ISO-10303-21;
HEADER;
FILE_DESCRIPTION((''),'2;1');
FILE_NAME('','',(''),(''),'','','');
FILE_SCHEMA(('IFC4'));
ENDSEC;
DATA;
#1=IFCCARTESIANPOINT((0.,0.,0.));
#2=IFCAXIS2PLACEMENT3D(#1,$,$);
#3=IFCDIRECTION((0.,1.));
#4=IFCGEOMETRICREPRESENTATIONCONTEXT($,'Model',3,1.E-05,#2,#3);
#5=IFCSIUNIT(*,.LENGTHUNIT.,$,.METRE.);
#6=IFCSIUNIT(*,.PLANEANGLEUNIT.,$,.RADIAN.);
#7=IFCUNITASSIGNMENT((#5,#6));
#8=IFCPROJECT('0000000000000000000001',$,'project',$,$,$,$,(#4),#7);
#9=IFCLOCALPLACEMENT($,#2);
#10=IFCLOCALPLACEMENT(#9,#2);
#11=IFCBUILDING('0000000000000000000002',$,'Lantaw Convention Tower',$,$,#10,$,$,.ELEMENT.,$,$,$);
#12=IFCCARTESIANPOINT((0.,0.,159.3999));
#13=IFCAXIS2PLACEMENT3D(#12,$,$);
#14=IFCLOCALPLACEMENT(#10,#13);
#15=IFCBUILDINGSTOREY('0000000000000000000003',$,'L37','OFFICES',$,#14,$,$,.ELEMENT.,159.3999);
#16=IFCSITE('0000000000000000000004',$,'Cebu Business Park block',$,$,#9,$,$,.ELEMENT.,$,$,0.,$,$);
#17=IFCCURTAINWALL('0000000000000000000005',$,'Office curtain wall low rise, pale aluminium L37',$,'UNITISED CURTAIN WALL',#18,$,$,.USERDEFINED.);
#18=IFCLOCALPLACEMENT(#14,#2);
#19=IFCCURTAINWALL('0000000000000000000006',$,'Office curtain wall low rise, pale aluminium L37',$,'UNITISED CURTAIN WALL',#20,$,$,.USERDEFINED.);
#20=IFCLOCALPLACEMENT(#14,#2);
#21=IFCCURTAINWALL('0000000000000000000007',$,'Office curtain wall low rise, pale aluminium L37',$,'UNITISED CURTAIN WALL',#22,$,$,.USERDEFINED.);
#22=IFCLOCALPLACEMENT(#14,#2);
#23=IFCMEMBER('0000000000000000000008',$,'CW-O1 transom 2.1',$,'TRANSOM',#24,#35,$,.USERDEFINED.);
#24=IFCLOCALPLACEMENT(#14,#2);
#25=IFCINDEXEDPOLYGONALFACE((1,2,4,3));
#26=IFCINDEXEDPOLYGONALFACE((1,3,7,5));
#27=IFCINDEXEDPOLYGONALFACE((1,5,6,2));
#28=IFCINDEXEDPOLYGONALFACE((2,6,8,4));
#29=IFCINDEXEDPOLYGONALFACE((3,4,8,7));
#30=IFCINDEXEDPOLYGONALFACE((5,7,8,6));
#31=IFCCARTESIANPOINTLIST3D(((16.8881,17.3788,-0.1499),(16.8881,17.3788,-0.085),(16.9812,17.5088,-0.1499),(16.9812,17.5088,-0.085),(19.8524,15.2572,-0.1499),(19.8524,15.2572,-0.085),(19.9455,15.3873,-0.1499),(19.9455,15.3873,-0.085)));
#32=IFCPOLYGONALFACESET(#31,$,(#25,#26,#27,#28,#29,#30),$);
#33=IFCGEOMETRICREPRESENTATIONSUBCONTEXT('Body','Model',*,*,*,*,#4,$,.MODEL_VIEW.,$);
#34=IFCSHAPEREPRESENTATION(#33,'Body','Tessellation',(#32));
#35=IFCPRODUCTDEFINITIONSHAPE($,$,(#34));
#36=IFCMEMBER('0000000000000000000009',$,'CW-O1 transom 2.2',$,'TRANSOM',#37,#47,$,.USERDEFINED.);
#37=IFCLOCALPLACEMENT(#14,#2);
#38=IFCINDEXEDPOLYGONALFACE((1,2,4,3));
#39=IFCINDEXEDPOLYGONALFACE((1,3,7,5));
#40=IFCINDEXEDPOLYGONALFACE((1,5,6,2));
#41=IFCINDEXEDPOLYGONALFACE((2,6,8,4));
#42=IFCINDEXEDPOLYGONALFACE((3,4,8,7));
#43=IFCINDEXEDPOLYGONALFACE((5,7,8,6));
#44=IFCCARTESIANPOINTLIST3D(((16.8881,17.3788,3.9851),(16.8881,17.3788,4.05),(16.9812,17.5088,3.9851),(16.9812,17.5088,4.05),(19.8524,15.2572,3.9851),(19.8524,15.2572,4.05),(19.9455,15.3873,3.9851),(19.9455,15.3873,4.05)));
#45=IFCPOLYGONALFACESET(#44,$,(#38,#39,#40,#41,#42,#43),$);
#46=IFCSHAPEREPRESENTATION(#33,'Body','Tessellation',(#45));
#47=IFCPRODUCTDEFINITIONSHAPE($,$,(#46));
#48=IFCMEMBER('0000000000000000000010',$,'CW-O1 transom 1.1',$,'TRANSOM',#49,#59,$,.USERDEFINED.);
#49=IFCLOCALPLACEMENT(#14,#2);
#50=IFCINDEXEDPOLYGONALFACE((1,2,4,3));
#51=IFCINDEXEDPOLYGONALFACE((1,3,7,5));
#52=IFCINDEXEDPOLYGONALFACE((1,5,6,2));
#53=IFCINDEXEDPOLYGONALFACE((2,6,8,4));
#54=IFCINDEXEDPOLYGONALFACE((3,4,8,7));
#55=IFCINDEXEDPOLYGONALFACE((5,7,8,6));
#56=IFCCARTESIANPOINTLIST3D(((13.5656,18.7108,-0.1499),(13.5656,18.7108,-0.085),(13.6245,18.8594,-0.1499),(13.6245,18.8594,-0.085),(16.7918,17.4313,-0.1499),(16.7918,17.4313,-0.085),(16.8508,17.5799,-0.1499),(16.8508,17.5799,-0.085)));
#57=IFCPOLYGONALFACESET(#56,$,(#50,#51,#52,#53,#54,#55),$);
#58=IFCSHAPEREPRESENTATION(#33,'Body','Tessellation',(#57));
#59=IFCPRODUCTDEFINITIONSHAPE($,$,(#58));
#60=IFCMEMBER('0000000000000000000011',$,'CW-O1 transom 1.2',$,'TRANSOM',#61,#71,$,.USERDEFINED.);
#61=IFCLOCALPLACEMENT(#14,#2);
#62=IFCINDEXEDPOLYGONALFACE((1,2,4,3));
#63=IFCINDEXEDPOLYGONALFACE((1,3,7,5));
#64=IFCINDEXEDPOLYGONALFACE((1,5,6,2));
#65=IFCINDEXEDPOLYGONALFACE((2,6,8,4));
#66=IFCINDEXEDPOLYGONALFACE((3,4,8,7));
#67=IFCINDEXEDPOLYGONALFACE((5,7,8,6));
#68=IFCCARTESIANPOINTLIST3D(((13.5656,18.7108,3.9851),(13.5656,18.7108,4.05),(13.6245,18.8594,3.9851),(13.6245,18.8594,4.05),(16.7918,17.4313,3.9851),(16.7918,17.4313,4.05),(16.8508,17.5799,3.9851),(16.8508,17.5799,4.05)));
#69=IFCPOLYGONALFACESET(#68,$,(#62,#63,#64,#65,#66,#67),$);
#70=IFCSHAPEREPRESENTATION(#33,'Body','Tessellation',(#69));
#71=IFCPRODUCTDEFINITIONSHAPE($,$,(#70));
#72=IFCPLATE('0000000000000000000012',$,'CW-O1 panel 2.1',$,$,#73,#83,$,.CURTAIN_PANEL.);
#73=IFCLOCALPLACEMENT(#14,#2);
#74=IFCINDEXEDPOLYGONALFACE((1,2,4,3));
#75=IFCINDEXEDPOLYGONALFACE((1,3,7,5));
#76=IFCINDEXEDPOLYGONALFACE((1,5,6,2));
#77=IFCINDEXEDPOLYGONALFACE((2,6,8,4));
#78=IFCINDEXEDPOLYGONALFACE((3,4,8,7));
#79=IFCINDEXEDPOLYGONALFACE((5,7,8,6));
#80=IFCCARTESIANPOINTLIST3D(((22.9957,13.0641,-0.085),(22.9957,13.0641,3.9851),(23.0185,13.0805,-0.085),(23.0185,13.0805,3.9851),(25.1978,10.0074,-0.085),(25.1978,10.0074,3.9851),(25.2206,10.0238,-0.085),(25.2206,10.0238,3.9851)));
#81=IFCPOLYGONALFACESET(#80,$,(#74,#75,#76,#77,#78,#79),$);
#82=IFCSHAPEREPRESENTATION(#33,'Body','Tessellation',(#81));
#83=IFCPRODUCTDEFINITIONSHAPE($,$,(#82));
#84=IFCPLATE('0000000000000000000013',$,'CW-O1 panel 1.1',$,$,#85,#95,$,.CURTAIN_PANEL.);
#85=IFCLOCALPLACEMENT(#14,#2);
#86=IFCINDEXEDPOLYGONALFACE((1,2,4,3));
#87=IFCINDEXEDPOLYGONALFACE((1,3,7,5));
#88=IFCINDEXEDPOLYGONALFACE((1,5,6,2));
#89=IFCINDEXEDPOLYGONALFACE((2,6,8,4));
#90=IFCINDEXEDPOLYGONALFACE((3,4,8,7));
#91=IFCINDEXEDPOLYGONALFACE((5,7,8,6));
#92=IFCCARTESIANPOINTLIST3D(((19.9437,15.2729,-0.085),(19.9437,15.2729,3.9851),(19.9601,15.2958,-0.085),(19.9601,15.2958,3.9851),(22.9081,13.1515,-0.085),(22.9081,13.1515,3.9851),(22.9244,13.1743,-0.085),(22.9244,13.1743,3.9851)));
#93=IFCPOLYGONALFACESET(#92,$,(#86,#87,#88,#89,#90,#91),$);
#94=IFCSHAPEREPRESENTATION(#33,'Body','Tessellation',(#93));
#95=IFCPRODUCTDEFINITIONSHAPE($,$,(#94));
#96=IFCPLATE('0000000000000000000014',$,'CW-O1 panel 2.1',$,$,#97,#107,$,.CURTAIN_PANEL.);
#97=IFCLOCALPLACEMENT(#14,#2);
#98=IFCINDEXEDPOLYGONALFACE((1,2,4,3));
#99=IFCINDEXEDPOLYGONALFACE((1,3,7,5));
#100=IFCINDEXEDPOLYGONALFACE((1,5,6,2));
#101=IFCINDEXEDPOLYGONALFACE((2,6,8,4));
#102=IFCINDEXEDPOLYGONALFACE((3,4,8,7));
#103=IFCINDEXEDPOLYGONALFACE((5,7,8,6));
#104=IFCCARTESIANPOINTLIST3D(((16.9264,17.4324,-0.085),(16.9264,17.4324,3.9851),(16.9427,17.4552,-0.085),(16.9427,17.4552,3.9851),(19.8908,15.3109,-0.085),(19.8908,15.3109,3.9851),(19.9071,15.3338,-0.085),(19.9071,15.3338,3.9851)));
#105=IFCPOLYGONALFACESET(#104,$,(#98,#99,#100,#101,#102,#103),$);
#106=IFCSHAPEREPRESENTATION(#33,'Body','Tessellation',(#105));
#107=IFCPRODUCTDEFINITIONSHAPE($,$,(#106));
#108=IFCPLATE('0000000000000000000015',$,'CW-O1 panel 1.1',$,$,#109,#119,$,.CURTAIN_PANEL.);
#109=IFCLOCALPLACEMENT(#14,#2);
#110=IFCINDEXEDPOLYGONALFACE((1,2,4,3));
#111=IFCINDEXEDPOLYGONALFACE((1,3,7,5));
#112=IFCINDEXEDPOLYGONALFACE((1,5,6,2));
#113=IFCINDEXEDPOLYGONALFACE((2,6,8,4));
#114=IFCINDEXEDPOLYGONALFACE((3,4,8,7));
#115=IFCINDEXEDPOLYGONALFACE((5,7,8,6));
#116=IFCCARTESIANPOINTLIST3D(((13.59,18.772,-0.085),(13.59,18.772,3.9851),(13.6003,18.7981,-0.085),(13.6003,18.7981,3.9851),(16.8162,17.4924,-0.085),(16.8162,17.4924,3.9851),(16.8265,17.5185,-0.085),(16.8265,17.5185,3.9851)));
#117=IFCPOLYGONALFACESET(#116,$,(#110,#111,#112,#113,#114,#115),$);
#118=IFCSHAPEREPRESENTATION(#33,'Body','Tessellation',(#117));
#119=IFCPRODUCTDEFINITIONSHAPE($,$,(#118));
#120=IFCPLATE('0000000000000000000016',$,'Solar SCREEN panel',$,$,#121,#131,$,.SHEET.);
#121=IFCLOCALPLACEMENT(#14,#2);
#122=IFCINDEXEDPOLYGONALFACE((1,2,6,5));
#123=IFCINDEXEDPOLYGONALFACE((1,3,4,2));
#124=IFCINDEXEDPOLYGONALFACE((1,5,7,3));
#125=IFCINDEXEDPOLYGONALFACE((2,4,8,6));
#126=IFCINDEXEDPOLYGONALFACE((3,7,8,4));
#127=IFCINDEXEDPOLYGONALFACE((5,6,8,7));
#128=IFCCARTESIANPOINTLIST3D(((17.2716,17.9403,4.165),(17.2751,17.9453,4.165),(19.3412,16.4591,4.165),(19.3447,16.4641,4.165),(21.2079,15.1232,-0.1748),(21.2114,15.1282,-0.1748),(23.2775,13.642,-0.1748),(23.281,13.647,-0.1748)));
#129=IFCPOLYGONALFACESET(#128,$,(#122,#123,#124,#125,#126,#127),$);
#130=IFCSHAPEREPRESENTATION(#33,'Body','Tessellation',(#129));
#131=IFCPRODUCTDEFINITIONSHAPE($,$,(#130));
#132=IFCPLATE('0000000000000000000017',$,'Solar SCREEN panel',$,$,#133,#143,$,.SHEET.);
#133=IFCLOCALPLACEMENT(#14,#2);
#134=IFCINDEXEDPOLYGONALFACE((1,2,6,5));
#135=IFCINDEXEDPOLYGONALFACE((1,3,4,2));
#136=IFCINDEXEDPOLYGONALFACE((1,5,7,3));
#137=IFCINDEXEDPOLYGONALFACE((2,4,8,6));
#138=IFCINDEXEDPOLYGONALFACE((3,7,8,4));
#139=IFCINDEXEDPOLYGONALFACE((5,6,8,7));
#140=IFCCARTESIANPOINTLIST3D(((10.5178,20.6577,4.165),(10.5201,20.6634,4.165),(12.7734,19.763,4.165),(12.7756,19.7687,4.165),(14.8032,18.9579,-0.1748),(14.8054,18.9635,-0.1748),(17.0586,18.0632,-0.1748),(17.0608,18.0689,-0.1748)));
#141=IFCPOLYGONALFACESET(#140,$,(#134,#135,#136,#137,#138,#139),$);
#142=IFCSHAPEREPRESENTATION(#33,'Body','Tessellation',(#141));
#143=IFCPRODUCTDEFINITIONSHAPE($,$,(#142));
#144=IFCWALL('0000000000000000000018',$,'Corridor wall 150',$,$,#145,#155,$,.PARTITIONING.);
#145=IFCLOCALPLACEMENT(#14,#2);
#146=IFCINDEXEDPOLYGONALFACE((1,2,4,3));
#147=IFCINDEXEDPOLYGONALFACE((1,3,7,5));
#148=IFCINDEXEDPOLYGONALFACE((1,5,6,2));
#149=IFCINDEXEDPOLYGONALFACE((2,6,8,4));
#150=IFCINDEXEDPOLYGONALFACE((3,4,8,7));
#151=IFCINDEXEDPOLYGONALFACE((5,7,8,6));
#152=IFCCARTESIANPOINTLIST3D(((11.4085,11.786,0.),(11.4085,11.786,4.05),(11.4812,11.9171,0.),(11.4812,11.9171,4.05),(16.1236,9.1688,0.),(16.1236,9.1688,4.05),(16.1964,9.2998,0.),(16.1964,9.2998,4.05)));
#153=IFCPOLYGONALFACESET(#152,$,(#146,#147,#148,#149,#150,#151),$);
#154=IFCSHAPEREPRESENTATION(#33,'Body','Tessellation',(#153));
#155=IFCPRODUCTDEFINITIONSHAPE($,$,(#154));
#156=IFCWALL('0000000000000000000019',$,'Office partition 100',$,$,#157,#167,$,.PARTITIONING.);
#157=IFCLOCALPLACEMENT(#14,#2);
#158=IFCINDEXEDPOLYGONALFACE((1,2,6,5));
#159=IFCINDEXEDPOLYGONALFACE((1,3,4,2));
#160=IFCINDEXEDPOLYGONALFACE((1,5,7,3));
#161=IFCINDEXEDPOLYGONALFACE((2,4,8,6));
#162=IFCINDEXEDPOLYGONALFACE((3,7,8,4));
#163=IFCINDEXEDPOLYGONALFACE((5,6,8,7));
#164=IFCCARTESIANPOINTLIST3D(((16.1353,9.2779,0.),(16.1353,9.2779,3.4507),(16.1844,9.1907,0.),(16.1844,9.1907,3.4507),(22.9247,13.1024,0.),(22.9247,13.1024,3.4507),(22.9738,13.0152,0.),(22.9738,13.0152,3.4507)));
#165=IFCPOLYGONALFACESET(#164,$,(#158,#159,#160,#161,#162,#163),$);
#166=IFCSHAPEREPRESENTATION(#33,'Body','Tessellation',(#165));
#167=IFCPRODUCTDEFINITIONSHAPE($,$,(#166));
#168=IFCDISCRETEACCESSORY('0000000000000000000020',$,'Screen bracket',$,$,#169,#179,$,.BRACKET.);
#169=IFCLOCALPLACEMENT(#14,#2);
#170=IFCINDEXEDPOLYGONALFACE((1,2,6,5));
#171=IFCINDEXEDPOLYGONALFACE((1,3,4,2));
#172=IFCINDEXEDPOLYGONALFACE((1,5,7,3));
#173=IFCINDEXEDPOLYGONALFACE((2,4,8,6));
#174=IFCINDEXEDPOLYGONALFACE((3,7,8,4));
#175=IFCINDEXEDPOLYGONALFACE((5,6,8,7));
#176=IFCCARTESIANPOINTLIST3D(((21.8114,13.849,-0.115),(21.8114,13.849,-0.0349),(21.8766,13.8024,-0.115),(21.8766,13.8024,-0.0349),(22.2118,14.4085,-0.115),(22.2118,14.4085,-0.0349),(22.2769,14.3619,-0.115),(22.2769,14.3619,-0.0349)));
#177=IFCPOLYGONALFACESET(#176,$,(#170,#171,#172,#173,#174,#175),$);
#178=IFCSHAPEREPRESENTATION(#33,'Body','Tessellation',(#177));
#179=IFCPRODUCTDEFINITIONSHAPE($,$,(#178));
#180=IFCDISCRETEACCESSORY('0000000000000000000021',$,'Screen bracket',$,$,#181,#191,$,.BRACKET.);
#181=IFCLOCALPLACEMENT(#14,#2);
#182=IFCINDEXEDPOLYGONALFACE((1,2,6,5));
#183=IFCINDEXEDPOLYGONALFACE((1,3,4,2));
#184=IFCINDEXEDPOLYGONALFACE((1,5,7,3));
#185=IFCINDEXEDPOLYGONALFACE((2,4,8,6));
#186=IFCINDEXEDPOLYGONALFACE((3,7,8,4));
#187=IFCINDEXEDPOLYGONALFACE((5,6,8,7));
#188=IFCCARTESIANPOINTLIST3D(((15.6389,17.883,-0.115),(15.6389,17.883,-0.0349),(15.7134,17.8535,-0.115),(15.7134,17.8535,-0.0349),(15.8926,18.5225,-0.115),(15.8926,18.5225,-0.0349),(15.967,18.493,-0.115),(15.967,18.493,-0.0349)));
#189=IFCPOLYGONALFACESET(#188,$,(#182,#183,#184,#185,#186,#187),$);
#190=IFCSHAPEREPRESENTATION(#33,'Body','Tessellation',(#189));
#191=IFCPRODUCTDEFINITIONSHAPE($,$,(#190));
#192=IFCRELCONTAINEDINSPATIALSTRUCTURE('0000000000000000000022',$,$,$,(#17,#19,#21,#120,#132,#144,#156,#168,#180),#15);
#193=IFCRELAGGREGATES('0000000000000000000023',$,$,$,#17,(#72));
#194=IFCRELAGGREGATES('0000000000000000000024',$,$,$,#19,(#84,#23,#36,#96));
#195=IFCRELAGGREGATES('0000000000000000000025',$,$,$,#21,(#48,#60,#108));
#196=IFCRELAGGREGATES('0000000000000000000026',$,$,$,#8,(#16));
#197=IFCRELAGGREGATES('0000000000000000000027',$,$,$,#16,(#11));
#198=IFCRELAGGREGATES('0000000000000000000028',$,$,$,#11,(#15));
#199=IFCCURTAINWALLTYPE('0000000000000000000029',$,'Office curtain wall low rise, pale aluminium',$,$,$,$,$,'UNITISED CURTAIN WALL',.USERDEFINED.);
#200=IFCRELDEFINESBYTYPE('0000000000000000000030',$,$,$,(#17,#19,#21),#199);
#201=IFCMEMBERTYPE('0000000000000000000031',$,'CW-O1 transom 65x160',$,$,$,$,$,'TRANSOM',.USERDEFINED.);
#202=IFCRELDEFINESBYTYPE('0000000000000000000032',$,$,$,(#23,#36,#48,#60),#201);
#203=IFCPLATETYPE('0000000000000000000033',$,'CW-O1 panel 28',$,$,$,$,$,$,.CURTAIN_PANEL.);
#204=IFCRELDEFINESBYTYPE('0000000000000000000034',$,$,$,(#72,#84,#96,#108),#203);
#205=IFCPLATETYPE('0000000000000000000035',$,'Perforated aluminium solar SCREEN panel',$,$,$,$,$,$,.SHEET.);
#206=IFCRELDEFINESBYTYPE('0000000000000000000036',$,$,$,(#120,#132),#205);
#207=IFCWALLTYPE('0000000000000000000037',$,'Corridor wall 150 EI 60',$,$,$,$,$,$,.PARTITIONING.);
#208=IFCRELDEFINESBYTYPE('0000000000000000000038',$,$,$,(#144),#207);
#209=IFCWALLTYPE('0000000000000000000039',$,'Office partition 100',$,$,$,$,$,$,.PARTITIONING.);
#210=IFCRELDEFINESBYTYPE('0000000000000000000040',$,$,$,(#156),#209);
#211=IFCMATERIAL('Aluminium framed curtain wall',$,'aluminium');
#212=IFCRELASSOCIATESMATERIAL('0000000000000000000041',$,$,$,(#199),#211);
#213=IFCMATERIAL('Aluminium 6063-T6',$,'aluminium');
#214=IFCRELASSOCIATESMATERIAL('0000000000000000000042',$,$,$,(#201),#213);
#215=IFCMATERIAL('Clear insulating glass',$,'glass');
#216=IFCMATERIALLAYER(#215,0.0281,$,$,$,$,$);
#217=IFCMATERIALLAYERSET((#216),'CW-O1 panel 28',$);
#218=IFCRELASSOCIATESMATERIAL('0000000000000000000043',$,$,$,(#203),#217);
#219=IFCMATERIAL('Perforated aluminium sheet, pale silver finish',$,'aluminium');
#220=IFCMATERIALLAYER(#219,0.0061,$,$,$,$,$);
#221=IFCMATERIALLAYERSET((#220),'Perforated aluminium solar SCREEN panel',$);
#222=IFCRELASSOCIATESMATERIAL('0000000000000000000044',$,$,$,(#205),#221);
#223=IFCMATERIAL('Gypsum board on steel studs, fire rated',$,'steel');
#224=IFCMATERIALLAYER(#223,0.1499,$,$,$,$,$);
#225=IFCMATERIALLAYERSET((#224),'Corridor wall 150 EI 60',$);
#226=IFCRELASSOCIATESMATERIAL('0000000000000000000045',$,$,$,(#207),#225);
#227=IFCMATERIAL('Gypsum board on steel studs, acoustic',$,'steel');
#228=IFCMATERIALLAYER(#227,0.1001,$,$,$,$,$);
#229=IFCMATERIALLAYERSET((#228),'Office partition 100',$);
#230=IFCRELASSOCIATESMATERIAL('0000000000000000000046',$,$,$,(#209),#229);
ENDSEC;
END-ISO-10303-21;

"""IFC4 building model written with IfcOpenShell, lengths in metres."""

from ifc_helpers import new_model, si_unit, direction, frame, frame_2d, origin, origin_2d, place, context, subcontext, project, spatial, polyline, rectangle, outline, extrude, material, layer, layer_set, material_profile, profile_set, type_object, element, aggregate, save


model = new_model("IFC4")

# Units and contexts
model_context = context("Model", 3, precision=1e-05, world=origin(), true_north=direction((0.0, 1.0)))
body_context = subcontext(model_context, "Body", "Model", "MODEL_VIEW")
ifc_project = project(units=[si_unit("LENGTHUNIT", "METRE"), si_unit("PLANEANGLEUNIT", "RADIAN")], contexts=[model_context])

# Site, building, storey
site_placement = place(None, origin())
site = spatial("IfcSite", under=ifc_project, at=site_placement, Name="Cebu Business Park block", CompositionType="ELEMENT", RefElevation=0.0)
building_placement = place(site_placement, origin())
building = spatial("IfcBuilding", under=site, at=building_placement, Name="Lantaw Convention Tower", CompositionType="ELEMENT")
storey_placement = place(building_placement, frame((0.0, 0.0, 159.3999)))
storey = spatial("IfcBuildingStorey", under=building, at=storey_placement, Name="L37", Description="OFFICES", CompositionType="ELEMENT", Elevation=159.3999)

# Curtain walls
ifc_material_1 = material(Name="Aluminium framed curtain wall", Category="aluminium")
curtain_wall_type = type_object("IfcCurtainWallType", Name="Office curtain wall low rise, pale aluminium", ElementType="UNITISED CURTAIN WALL", PredefinedType="USERDEFINED", material=ifc_material_1)
curtain_wall_1_placement = place(storey_placement, origin())
curtain_wall_1 = element("IfcCurtainWall", 1, at=curtain_wall_1_placement, inside=storey, type_object=curtain_wall_type, Name="Office curtain wall low rise, pale aluminium L37", ObjectType="UNITISED CURTAIN WALL", PredefinedType="USERDEFINED")
ifc_material_2 = material(Name="Aluminium 6063-T6", Category="aluminium")
curtain_wall_2_placement = place(storey_placement, origin())
curtain_wall_2 = element("IfcCurtainWall", 2, at=curtain_wall_2_placement, inside=storey, type_object=curtain_wall_type, Name="Office curtain wall low rise, pale aluminium L37", ObjectType="UNITISED CURTAIN WALL", PredefinedType="USERDEFINED")
curtain_wall_3_placement = place(storey_placement, origin())
curtain_wall_3 = element("IfcCurtainWall", 3, at=curtain_wall_3_placement, inside=storey, type_object=curtain_wall_type, Name="Office curtain wall low rise, pale aluminium L37", ObjectType="UNITISED CURTAIN WALL", PredefinedType="USERDEFINED")

# Members
ifc_material_profile_1 = material_profile(ifc_material_2, rectangle(XDim=0.1599, YDim=0.0649, at=origin_2d()), Name="CW-O1 transom 65x160")
ifc_profile_set_1 = profile_set([ifc_material_profile_1], Name="Aluminium 6063-T6")
member_type_1 = type_object("IfcMemberType", Name="CW-O1 transom 65x160", ElementType="TRANSOM", PredefinedType="USERDEFINED", material=ifc_profile_set_1)
member_1_placement = place(storey_placement, frame((19.8989, 15.3223, -0.1174), z_axis=(-0.81319, 0.581998, 0.0), x_axis=(-0.581998, -0.81319, 0.0)))
member_1 = element("IfcMember", 4, at=member_1_placement, type_object=member_type_1, Name="CW-O1 transom 2.1", ObjectType="TRANSOM", PredefinedType="USERDEFINED", context=body_context, shape_type="SweptSolid", body=[
    extrude(rectangle(XDim=0.1599, YDim=0.0649, at=origin_2d()), origin(), (0.0, 0.0, 1.0), 3.6453),
])
member_2_placement = place(storey_placement, frame((19.8989, 15.3223, 4.0176), z_axis=(-0.81319, 0.581998, 0.0), x_axis=(-0.581998, -0.81319, 0.0)))
member_2 = element("IfcMember", 5, at=member_2_placement, type_object=member_type_1, Name="CW-O1 transom 2.2", ObjectType="TRANSOM", PredefinedType="USERDEFINED", context=body_context, shape_type="SweptSolid", body=[
    extrude(rectangle(XDim=0.1599, YDim=0.0649, at=origin_2d()), origin(), (0.0, 0.0, 1.0), 3.6453),
])
member_3_placement = place(storey_placement, frame((16.8213, 17.5056, -0.1174), z_axis=(-0.929564, 0.36866, 0.0), x_axis=(-0.36866, -0.929564, 0.0)))
member_3 = element("IfcMember", 6, at=member_3_placement, type_object=member_type_1, Name="CW-O1 transom 1.1", ObjectType="TRANSOM", PredefinedType="USERDEFINED", context=body_context, shape_type="SweptSolid", body=[
    extrude(rectangle(XDim=0.1599, YDim=0.0649, at=origin_2d()), origin(), (0.0, 0.0, 1.0), 3.4707),
])
member_4_placement = place(storey_placement, frame((16.8213, 17.5056, 4.0176), z_axis=(-0.929564, 0.36866, 0.0), x_axis=(-0.36866, -0.929564, 0.0)))
member_4 = element("IfcMember", 7, at=member_4_placement, type_object=member_type_1, Name="CW-O1 transom 1.2", ObjectType="TRANSOM", PredefinedType="USERDEFINED", context=body_context, shape_type="SweptSolid", body=[
    extrude(rectangle(XDim=0.1599, YDim=0.0649, at=origin_2d()), origin(), (0.0, 0.0, 1.0), 3.4707),
])

# Plates
ifc_material_3 = material(Name="Clear insulating glass", Category="glass")
ifc_layer_1 = layer(ifc_material_3, 0.0281)
ifc_layer_set_1 = layer_set([ifc_layer_1], Name="CW-O1 panel 28")
plate_type_1 = type_object("IfcPlateType", Name="CW-O1 panel 28", PredefinedType="CURTAIN_PANEL", material=ifc_layer_set_1)
plate_1_placement = place(storey_placement, frame((24.1082, 11.5439, -0.085), z_axis=(0.0, 0.0, 1.0), x_axis=(-0.584513, 0.811385, 0.0)))
plate_1 = element("IfcPlate", 8, at=plate_1_placement, type_object=plate_type_1, Name="CW-O1 panel 2.1", PredefinedType="CURTAIN_PANEL", context=body_context, shape_type="SweptSolid", body=[
    extrude(rectangle(XDim=3.7673, YDim=0.0281, at=origin_2d()), origin(), (0.0, 0.0, 1.0), 4.0701),
])
aggregate(curtain_wall_1, [plate_1])
plate_2_placement = place(storey_placement, frame((21.4341, 14.2236, -0.085), z_axis=(0.0, 0.0, 1.0), x_axis=(-0.813208, 0.581973, 0.0)))
plate_2 = element("IfcPlate", 9, at=plate_2_placement, type_object=plate_type_1, Name="CW-O1 panel 1.1", PredefinedType="CURTAIN_PANEL", context=body_context, shape_type="SweptSolid", body=[
    extrude(rectangle(XDim=3.6453, YDim=0.0281, at=origin_2d()), origin(), (0.0, 0.0, 1.0), 4.0701),
])
plate_3_placement = place(storey_placement, frame((18.4167, 16.3831, -0.085), z_axis=(0.0, 0.0, 1.0), x_axis=(-0.813208, 0.581973, 0.0)))
plate_3 = element("IfcPlate", 10, at=plate_3_placement, type_object=plate_type_1, Name="CW-O1 panel 2.1", PredefinedType="CURTAIN_PANEL", context=body_context, shape_type="SweptSolid", body=[
    extrude(rectangle(XDim=3.6453, YDim=0.0281, at=origin_2d()), origin(), (0.0, 0.0, 1.0), 4.0701),
])
aggregate(curtain_wall_2, [plate_2, member_1, member_2, plate_3])
plate_4_placement = place(storey_placement, frame((15.2083, 18.1453, -0.085), z_axis=(0.0, 0.0, 1.0), x_axis=(-0.929548, 0.368702, 0.0)))
plate_4 = element("IfcPlate", 11, at=plate_4_placement, type_object=plate_type_1, Name="CW-O1 panel 1.1", PredefinedType="CURTAIN_PANEL", context=body_context, shape_type="SweptSolid", body=[
    extrude(rectangle(XDim=3.4707, YDim=0.0281, at=origin_2d()), origin(), (0.0, 0.0, 1.0), 4.0701),
])
aggregate(curtain_wall_3, [member_3, member_4, plate_4])

# Plates
ifc_material_4 = material(Name="Perforated aluminium sheet, pale silver finish", Category="aluminium")
ifc_layer_2 = layer(ifc_material_4, 0.0061)
ifc_layer_set_2 = layer_set([ifc_layer_2], Name="Perforated aluminium solar SCREEN panel")
plate_type_2 = type_object("IfcPlateType", Name="Perforated aluminium solar SCREEN panel", PredefinedType="SHEET", material=ifc_layer_set_2)
plate_5_placement = place(storey_placement, frame((23.281, 13.647, -0.1748), z_axis=(0.582, 0.813189, 0.000012), x_axis=(-0.813189, 0.582, 0.0)))
element("IfcPlate", 12, at=plate_5_placement, inside=storey, type_object=plate_type_2, Name="Solar SCREEN panel", PredefinedType="SHEET", context=body_context, shape_type="SweptSolid", body=[
    extrude(outline(polyline([(0.0, 0.0), (2.545, 0.0), (7.3855, 4.3398), (4.8405, 4.3398), (0.0, 0.0)])), origin(), (0.0, 0.0, -1.0), 0.0061),
])
plate_6_placement = place(storey_placement, frame((17.0586, 18.0632, -0.1748), z_axis=(-0.368709, -0.929545, 0.000011), x_axis=(-0.929545, 0.368709, 0.0)))
element("IfcPlate", 13, at=plate_6_placement, inside=storey, type_object=plate_type_2, Name="Solar SCREEN panel", PredefinedType="SHEET", context=body_context, shape_type="SweptSolid", body=[
    extrude(outline(polyline([(0.0, 0.0), (2.4264, 0.0), (7.0365, -4.3398), (4.61, -4.3398), (0.0, 0.0)])), origin(), (0.0, 0.0, -1.0), 0.0061),
])

# Walls
ifc_material_5 = material(Name="Gypsum board on steel studs, fire rated", Category="steel")
ifc_layer_3 = layer(ifc_material_5, 0.1499)
ifc_layer_set_3 = layer_set([ifc_layer_3], Name="Corridor wall 150 EI 60")
wall_type_1 = type_object("IfcWallType", Name="Corridor wall 150 EI 60", PredefinedType="PARTITIONING", material=ifc_layer_set_3)
wall_1_placement = place(storey_placement, frame((16.1599, 9.2344, 0.0), z_axis=(0.0, 0.0, 1.0), x_axis=(-0.874339, 0.485316, 0.0)))
element("IfcWall", 14, at=wall_1_placement, inside=storey, type_object=wall_type_1, Name="Corridor wall 150", PredefinedType="PARTITIONING", context=body_context, shape_type="SweptSolid", body=[
    extrude(rectangle(XDim=5.3928, YDim=0.1499, at=frame_2d((2.6963, 0.0))), origin(), (0.0, 0.0, 1.0), 4.05),
])
ifc_material_6 = material(Name="Gypsum board on steel studs, acoustic", Category="steel")
ifc_layer_4 = layer(ifc_material_6, 0.1001)
ifc_layer_set_4 = layer_set([ifc_layer_4], Name="Office partition 100")
wall_type_2 = type_object("IfcWallType", Name="Office partition 100", PredefinedType="PARTITIONING", material=ifc_layer_set_4)
wall_2_placement = place(storey_placement, frame((22.9492, 13.0588, 0.0), z_axis=(0.0, 0.0, 1.0), x_axis=(-0.871275, -0.490795, 0.0)))
element("IfcWall", 15, at=wall_2_placement, inside=storey, type_object=wall_type_2, Name="Office partition 100", PredefinedType="PARTITIONING", context=body_context, shape_type="SweptSolid", body=[
    extrude(rectangle(XDim=7.7925, YDim=0.1001, at=frame_2d((3.8962, 0.0))), origin(), (0.0, 0.0, 1.0), 3.4507),
])

# Discrete accessories
for number, where, z_axis, x_axis, name in (
    (16, (22.0442, 14.1055, -0.115), (0.0, 0.0, 1.0), (-0.813208, 0.581973, 0.0), "Screen bracket"),
    (17, (15.803, 18.188, -0.115), (0.0, 0.0, 1.0), (-0.929548, 0.368702, 0.0), "Screen bracket"),
):
    element("IfcDiscreteAccessory", number, at=place(storey_placement, frame(where, z_axis=z_axis, x_axis=x_axis)), inside=storey, Name=name, PredefinedType="BRACKET", context=body_context, shape_type="SweptSolid", body=[
        extrude(rectangle(XDim=0.0801, YDim=0.688, at=origin_2d()), origin(), (0.0, 0.0, 1.0), 0.0801),
    ])

save(model, "model.ifc")
